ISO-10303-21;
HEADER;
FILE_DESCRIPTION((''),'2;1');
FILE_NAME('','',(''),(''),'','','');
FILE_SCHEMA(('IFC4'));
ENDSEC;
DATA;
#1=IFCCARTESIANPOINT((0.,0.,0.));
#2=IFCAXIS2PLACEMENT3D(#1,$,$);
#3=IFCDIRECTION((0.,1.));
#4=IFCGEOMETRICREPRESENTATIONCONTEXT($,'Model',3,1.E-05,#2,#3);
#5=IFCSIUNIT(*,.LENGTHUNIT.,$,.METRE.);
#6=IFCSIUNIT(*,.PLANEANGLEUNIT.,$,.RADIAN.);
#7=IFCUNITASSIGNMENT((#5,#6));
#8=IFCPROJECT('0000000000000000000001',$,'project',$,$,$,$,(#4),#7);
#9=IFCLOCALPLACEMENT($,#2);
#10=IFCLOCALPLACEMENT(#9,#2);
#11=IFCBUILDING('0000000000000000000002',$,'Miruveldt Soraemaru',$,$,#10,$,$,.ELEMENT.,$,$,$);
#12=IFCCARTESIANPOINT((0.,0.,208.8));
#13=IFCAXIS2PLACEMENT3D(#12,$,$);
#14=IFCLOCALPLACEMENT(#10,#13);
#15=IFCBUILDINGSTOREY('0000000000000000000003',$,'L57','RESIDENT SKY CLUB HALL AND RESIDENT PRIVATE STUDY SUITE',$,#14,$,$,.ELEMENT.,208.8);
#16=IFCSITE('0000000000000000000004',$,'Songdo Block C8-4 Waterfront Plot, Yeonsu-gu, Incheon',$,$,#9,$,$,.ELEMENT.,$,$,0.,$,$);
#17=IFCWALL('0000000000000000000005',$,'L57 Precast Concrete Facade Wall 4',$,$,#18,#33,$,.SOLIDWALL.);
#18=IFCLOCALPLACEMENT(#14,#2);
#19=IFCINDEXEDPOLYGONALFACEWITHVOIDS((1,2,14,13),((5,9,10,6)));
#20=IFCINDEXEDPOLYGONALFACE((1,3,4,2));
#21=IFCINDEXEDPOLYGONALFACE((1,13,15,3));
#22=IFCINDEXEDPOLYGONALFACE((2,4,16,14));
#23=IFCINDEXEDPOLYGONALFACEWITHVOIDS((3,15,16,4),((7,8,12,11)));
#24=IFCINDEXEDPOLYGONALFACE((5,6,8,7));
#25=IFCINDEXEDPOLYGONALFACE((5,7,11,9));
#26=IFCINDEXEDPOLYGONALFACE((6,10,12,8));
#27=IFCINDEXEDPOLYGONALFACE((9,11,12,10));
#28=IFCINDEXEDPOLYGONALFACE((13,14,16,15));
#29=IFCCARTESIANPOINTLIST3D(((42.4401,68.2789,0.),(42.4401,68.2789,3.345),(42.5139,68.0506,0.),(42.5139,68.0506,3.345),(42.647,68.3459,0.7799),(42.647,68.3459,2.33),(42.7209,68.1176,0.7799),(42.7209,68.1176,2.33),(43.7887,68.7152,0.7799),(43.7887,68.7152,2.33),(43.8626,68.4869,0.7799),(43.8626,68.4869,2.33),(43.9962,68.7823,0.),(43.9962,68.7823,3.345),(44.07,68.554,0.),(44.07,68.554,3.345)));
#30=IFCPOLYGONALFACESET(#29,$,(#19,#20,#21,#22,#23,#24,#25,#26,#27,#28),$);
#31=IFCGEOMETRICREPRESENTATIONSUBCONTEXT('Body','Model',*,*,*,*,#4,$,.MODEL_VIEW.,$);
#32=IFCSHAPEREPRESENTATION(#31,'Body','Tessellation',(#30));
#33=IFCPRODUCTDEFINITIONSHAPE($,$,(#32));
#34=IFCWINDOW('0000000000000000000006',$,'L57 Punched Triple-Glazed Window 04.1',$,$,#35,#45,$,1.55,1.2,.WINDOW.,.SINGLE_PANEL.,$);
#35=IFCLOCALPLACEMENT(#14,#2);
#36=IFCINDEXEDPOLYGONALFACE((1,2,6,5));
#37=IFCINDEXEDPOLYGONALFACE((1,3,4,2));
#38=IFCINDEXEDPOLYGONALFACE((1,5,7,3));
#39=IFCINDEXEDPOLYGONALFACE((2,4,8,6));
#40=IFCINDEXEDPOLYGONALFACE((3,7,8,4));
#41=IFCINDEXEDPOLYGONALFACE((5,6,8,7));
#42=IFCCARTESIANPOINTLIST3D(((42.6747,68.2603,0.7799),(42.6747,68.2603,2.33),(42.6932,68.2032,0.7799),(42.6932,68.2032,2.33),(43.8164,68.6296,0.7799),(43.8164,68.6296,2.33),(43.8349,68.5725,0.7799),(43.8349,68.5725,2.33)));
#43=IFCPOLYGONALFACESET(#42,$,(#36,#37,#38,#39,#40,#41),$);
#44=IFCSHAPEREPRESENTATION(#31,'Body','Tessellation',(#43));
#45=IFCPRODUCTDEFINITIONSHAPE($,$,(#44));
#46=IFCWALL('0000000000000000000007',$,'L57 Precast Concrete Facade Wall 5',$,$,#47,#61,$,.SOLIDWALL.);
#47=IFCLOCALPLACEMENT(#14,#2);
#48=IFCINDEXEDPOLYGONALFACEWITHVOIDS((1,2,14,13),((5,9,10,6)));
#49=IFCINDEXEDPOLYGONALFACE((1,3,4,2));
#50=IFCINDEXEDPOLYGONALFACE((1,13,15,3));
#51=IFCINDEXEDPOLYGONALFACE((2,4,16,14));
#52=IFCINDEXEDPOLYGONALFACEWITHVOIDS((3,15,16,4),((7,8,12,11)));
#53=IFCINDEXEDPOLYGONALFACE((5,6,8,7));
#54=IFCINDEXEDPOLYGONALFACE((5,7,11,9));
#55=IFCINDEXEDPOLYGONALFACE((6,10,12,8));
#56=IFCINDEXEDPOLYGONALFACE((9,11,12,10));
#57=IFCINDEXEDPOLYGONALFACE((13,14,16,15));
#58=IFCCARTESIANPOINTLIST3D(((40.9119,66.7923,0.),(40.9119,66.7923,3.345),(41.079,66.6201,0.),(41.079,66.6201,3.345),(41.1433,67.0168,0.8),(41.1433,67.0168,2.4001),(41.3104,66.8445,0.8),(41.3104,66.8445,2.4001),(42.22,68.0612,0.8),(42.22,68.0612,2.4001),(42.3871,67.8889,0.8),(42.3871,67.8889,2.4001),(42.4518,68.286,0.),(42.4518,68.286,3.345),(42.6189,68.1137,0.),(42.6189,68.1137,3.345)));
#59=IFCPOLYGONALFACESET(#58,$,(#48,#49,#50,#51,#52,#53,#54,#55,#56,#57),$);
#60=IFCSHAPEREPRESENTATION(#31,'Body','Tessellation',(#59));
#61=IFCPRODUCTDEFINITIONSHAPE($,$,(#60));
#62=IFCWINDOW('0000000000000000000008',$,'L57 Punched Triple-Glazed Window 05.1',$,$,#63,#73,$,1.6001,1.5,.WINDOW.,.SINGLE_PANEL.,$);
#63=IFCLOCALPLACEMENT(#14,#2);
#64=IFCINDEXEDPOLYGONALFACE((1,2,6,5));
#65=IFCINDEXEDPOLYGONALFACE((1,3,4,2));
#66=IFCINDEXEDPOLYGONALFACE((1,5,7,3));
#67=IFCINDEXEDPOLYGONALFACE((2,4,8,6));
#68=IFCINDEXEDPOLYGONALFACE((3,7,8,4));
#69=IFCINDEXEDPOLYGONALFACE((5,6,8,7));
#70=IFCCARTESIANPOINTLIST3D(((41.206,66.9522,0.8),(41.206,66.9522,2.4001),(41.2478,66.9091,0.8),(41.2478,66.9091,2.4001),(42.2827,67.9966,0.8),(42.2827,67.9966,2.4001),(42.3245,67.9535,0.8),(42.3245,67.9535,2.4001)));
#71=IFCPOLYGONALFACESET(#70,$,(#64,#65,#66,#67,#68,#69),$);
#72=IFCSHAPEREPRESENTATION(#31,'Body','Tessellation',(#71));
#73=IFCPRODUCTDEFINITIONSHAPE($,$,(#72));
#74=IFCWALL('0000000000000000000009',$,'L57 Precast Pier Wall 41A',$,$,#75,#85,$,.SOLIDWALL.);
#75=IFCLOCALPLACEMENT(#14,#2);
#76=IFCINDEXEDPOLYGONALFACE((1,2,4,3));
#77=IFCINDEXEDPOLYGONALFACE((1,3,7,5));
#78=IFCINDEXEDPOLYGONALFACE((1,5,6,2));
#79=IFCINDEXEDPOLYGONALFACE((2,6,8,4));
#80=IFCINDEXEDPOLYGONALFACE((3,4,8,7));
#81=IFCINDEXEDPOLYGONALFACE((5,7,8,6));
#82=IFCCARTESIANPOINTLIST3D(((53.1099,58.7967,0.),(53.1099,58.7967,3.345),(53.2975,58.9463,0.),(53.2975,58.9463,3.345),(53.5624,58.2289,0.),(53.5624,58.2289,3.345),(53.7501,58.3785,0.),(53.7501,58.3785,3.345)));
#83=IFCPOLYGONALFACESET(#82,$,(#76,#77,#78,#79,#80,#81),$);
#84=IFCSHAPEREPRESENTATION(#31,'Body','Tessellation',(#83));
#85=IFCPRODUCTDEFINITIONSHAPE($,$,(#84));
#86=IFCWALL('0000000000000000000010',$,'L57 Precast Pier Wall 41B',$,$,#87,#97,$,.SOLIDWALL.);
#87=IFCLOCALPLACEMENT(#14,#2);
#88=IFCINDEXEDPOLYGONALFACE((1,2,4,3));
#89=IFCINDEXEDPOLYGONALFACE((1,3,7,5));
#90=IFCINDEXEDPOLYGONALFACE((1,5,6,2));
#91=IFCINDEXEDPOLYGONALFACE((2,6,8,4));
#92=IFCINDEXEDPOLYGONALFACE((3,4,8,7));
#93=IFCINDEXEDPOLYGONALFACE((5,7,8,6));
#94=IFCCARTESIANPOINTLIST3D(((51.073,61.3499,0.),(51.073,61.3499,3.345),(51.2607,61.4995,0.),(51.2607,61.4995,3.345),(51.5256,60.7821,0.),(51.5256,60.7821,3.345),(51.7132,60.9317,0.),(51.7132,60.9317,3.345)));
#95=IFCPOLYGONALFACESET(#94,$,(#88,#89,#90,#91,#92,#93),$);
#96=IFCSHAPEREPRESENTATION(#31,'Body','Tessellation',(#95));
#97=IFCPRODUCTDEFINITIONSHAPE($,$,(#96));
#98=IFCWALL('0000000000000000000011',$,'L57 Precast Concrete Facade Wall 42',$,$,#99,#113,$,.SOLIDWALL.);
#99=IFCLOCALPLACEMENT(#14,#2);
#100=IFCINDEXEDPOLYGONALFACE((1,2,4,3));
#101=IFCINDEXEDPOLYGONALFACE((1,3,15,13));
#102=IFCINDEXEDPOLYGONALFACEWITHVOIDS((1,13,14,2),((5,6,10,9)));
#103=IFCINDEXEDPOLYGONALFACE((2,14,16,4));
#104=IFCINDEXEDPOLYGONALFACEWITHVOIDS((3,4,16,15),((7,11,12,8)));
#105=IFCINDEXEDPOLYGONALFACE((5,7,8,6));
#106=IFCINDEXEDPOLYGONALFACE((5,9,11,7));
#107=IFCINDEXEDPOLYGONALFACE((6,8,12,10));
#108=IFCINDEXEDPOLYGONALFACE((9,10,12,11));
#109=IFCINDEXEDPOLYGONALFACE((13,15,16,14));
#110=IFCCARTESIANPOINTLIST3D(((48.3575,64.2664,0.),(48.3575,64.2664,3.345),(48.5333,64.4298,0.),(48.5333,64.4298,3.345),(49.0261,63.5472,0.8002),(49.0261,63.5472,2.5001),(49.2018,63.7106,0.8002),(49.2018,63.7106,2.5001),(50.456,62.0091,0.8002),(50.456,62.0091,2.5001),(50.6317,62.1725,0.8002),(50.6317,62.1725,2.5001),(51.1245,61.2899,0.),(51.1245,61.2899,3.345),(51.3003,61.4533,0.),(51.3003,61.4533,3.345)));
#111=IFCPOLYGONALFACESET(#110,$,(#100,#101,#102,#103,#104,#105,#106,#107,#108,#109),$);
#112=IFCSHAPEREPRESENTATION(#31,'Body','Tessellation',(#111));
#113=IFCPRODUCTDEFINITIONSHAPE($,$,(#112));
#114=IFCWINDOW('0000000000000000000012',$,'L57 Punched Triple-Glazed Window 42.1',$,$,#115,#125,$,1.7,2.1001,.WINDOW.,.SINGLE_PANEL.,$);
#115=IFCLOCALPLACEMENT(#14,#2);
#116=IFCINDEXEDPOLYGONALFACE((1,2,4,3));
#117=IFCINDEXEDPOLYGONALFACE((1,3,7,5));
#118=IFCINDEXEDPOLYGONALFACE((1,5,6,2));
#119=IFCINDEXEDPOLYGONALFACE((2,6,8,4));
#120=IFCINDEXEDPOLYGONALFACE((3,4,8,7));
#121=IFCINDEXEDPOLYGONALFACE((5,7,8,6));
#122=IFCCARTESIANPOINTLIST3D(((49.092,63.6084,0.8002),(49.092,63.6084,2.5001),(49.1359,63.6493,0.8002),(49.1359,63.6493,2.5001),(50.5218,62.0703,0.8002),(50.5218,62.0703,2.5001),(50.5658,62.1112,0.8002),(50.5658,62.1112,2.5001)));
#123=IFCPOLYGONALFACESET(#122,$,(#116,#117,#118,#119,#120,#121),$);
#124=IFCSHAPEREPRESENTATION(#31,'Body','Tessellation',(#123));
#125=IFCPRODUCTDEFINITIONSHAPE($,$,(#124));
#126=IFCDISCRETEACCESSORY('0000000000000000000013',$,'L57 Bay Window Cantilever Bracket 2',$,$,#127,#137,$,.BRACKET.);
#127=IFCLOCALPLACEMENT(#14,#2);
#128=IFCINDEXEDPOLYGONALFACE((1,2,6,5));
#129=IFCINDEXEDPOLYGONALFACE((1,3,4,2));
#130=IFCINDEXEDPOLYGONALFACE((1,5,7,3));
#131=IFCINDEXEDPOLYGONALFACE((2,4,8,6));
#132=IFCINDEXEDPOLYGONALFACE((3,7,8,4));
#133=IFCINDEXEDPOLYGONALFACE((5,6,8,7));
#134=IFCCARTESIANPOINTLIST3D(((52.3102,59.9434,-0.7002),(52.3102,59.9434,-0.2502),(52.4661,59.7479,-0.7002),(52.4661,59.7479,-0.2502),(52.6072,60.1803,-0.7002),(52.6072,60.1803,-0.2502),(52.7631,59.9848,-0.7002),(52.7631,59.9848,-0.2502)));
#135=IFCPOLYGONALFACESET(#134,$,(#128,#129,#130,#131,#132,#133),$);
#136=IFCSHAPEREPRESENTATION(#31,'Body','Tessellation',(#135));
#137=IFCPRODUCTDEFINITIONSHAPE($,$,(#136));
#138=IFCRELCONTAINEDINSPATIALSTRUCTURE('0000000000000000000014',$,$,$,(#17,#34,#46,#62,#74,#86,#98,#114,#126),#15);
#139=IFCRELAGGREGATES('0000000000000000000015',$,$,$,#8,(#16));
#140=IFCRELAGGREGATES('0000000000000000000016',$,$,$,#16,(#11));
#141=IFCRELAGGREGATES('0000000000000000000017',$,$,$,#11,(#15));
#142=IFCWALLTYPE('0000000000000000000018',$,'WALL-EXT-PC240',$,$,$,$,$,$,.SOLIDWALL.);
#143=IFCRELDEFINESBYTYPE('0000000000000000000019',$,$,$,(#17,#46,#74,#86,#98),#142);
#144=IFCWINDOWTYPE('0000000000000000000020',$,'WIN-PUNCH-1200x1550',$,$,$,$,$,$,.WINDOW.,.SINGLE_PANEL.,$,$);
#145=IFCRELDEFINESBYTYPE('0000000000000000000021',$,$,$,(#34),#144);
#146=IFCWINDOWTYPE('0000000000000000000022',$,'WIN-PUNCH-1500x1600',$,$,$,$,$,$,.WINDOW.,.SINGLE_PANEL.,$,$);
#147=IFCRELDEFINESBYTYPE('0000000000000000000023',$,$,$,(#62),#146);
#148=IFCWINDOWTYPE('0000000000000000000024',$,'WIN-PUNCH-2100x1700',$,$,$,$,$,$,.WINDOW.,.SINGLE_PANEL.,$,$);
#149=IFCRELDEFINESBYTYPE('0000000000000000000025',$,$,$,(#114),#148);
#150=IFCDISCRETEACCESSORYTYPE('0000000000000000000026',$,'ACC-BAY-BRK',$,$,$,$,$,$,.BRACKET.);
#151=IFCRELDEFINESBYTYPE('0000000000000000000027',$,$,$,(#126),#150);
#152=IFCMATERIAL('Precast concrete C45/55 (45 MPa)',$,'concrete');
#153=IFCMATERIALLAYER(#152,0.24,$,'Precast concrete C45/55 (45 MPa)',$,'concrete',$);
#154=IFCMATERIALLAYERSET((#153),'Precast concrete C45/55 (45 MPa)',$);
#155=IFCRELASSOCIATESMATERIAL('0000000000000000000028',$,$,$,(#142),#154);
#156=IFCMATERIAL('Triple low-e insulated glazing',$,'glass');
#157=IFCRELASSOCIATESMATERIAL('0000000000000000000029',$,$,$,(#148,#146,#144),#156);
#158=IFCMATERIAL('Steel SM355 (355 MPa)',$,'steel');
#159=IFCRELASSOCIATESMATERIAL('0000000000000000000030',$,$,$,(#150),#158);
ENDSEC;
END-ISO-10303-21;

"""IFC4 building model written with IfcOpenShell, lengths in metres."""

from ifc_helpers import new_model, si_unit, direction, frame, frame_2d, origin, origin_2d, place, context, subcontext, project, spatial, rectangle, extrude, material, layer, layer_set, type_object, element, fill, save


model = new_model("IFC4")

# Units and contexts
model_context = context("Model", 3, precision=1e-05, world=origin(), true_north=direction((0.0, 1.0)))
body_context = subcontext(model_context, "Body", "Model", "MODEL_VIEW")
ifc_project = project(units=[si_unit("LENGTHUNIT", "METRE"), si_unit("PLANEANGLEUNIT", "RADIAN")], contexts=[model_context])

# Site, building, storey
site_placement = place(None, origin())
site = spatial("IfcSite", under=ifc_project, at=site_placement, Name="Songdo Block C8-4 Waterfront Plot, Yeonsu-gu, Incheon", CompositionType="ELEMENT", RefElevation=0.0)
building_placement = place(site_placement, origin())
building = spatial("IfcBuilding", under=site, at=building_placement, Name="Miruveldt Soraemaru", CompositionType="ELEMENT")
storey_placement = place(building_placement, frame((0.0, 0.0, 208.8)))
storey = spatial("IfcBuildingStorey", under=building, at=storey_placement, Name="L57", Description="RESIDENT SKY CLUB HALL AND RESIDENT PRIVATE STUDY SUITE", CompositionType="ELEMENT", Elevation=208.8)

# Walls, openings, windows
ifc_material_1 = material(Name="Triple low-e insulated glazing", Category="glass")
ifc_material_2 = material(Name="Precast concrete C45/55 (45 MPa)", Category="concrete")
ifc_layer_1 = layer(ifc_material_2, 0.24, Name="Precast concrete C45/55 (45 MPa)", Category="concrete")
ifc_layer_set_1 = layer_set([ifc_layer_1], Name="Precast concrete C45/55 (45 MPa)")
wall_type_1 = type_object("IfcWallType", Name="WALL-EXT-PC240", PredefinedType="SOLIDWALL", material=ifc_layer_set_1)
window_type_1 = type_object("IfcWindowType", Name="WIN-PUNCH-2100x1700", PartitioningType="SINGLE_PANEL", PredefinedType="WINDOW", material=ifc_material_1)
window_type_2 = type_object("IfcWindowType", Name="WIN-PUNCH-1500x1600", PartitioningType="SINGLE_PANEL", PredefinedType="WINDOW", material=ifc_material_1)
window_type_3 = type_object("IfcWindowType", Name="WIN-PUNCH-1200x1550", PartitioningType="SINGLE_PANEL", PredefinedType="WINDOW", material=ifc_material_1)
wall_1_placement = place(storey_placement, frame((44.0332, 68.6682, 0.0), z_axis=(0.0, 0.0, 1.0), x_axis=(-0.951452, -0.307796, 0.0)))
wall_1 = element("IfcWall", 1, at=wall_1_placement, inside=storey, type_object=wall_type_1, Name="L57 Precast Concrete Facade Wall 4", PredefinedType="SOLIDWALL", context=body_context, shape_type="SweptSolid", body=[
    extrude(rectangle(XDim=1.6355, YDim=0.24, at=frame_2d((0.8179, 0.0))), origin(), (0.0, 0.0, 1.0), 3.345),
])
opening_1_placement = place(wall_1_placement, frame((0.218, 0.0, 0.78)))
opening_1 = element("IfcOpeningElement", 2, at=opening_1_placement, cuts=wall_1, PredefinedType="OPENING", context=body_context, shape_type="SweptSolid", body=[
    extrude(rectangle(XDim=1.2, YDim=1.55, at=frame_2d((0.6001, 0.7749))), frame((0.0, 0.1299, 0.0), z_axis=(0.0, -1.0, 0.0), x_axis=(1.0, 0.0, 0.0)), (0.0, 0.0, 1.0), 0.26),
])
window_1_placement = place(opening_1_placement, origin())
window_1 = element("IfcWindow", 3, at=window_1_placement, inside=storey, type_object=window_type_3, Name="L57 Punched Triple-Glazed Window 04.1", OverallHeight=1.55, OverallWidth=1.2, PartitioningType="SINGLE_PANEL", PredefinedType="WINDOW", context=body_context, shape_type="SweptSolid", body=[
    extrude(rectangle(XDim=1.2, YDim=1.55, at=frame_2d((0.6001, 0.7749))), frame((0.0, 0.03, 0.0), z_axis=(0.0, -1.0, 0.0), x_axis=(1.0, 0.0, 0.0)), (0.0, 0.0, 1.0), 0.0601),
])
fill(opening_1, window_1)
wall_2_placement = place(storey_placement, frame((42.5354, 68.2, 0.0), z_axis=(0.0, 0.0, 1.0), x_axis=(-0.71778, -0.69627, 0.0)))
wall_2 = element("IfcWall", 4, at=wall_2_placement, inside=storey, type_object=wall_type_1, Name="L57 Precast Concrete Facade Wall 5", PredefinedType="SOLIDWALL", context=body_context, shape_type="SweptSolid", body=[
    extrude(rectangle(XDim=2.1453, YDim=0.24, at=frame_2d((1.0728, 0.0))), origin(), (0.0, 0.0, 1.0), 3.345),
])
opening_2_placement = place(wall_2_placement, frame((0.323, 0.0, 0.8)))
opening_2 = element("IfcOpeningElement", 5, at=opening_2_placement, cuts=wall_2, PredefinedType="OPENING", context=body_context, shape_type="SweptSolid", body=[
    extrude(rectangle(XDim=1.5, YDim=1.6001, at=frame_2d((0.75, 0.8))), frame((0.0, 0.1299, 0.0), z_axis=(0.0, -1.0, 0.0), x_axis=(1.0, 0.0, 0.0)), (0.0, 0.0, 1.0), 0.26),
])
window_2_placement = place(opening_2_placement, origin())
window_2 = element("IfcWindow", 6, at=window_2_placement, inside=storey, type_object=window_type_2, Name="L57 Punched Triple-Glazed Window 05.1", OverallHeight=1.6001, OverallWidth=1.5, PartitioningType="SINGLE_PANEL", PredefinedType="WINDOW", context=body_context, shape_type="SweptSolid", body=[
    extrude(rectangle(XDim=1.5, YDim=1.6001, at=frame_2d((0.75, 0.8))), frame((0.0, 0.03, 0.0), z_axis=(0.0, -1.0, 0.0), x_axis=(1.0, 0.0, 0.0)), (0.0, 0.0, 1.0), 0.0601),
])
fill(opening_2, window_2)

# Walls
for number, where, z_axis, x_axis, name in (
    (7, (53.6562, 58.3037, 0.0), (0.0, 0.0, 1.0), (-0.6233, 0.781983, 0.0), "L57 Precast Pier Wall 41A"),
    (8, (51.6194, 60.8569, 0.0), (0.0, 0.0, 1.0), (-0.6233, 0.781983, 0.0), "L57 Precast Pier Wall 41B"),
):
    element("IfcWall", number, at=place(storey_placement, frame(where, z_axis=z_axis, x_axis=x_axis)), inside=storey, type_object=wall_type_1, Name=name, PredefinedType="SOLIDWALL", context=body_context, shape_type="SweptSolid", body=[
        extrude(rectangle(XDim=0.7261, YDim=0.24, at=frame_2d((0.363, 0.0))), origin(), (0.0, 0.0, 1.0), 3.345),
    ])

# Wall, opening, window
wall_3_placement = place(storey_placement, frame((51.2124, 61.3716, 0.0), z_axis=(0.0, 0.0, 1.0), x_axis=(-0.680866, 0.732408, 0.0)))
wall_3 = element("IfcWall", 9, at=wall_3_placement, inside=storey, type_object=wall_type_1, Name="L57 Precast Concrete Facade Wall 42", PredefinedType="SOLIDWALL", context=body_context, shape_type="SweptSolid", body=[
    extrude(rectangle(XDim=4.064, YDim=0.24, at=frame_2d((2.032, 0.0))), origin(), (0.0, 0.0, 1.0), 3.345),
])
opening_3_placement = place(wall_3_placement, frame((0.9819, 0.0, 0.8)))
opening_3 = element("IfcOpeningElement", 10, at=opening_3_placement, cuts=wall_3, PredefinedType="OPENING", context=body_context, shape_type="SweptSolid", body=[
    extrude(rectangle(XDim=2.1001, YDim=1.7, at=frame_2d((1.05, 0.8501))), frame((0.0, 0.1299, 0.0), z_axis=(0.0, -1.0, 0.0), x_axis=(1.0, 0.0, 0.0)), (0.0, 0.0, 1.0), 0.26),
])
window_3_placement = place(opening_3_placement, origin())
window_3 = element("IfcWindow", 11, at=window_3_placement, inside=storey, type_object=window_type_1, Name="L57 Punched Triple-Glazed Window 42.1", OverallHeight=1.7, OverallWidth=2.1001, PartitioningType="SINGLE_PANEL", PredefinedType="WINDOW", context=body_context, shape_type="SweptSolid", body=[
    extrude(rectangle(XDim=2.1001, YDim=1.7, at=frame_2d((1.05, 0.8501))), frame((0.0, 0.03, 0.0), z_axis=(0.0, -1.0, 0.0), x_axis=(1.0, 0.0, 0.0)), (0.0, 0.0, 1.0), 0.0601),
])
fill(opening_3, window_3)

# Discrete accessory
ifc_material_3 = material(Name="Steel SM355 (355 MPa)", Category="steel")
discrete_accessory_type = type_object("IfcDiscreteAccessoryType", Name="ACC-BAY-BRK", PredefinedType="BRACKET", material=ifc_material_3)
discrete_accessory_placement = place(storey_placement, frame((52.5366, 59.9641, -0.7002), z_axis=(0.0, 0.0, 1.0), x_axis=(0.781727, 0.62362, 0.0)))
element("IfcDiscreteAccessory", 12, at=discrete_accessory_placement, inside=storey, type_object=discrete_accessory_type, Name="L57 Bay Window Cantilever Bracket 2", PredefinedType="BRACKET", context=body_context, shape_type="SweptSolid", body=[
    extrude(rectangle(XDim=0.3799, YDim=0.25, at=origin_2d()), origin(), (0.0, 0.0, 1.0), 0.45),
])

save(model, "model.ifc")
